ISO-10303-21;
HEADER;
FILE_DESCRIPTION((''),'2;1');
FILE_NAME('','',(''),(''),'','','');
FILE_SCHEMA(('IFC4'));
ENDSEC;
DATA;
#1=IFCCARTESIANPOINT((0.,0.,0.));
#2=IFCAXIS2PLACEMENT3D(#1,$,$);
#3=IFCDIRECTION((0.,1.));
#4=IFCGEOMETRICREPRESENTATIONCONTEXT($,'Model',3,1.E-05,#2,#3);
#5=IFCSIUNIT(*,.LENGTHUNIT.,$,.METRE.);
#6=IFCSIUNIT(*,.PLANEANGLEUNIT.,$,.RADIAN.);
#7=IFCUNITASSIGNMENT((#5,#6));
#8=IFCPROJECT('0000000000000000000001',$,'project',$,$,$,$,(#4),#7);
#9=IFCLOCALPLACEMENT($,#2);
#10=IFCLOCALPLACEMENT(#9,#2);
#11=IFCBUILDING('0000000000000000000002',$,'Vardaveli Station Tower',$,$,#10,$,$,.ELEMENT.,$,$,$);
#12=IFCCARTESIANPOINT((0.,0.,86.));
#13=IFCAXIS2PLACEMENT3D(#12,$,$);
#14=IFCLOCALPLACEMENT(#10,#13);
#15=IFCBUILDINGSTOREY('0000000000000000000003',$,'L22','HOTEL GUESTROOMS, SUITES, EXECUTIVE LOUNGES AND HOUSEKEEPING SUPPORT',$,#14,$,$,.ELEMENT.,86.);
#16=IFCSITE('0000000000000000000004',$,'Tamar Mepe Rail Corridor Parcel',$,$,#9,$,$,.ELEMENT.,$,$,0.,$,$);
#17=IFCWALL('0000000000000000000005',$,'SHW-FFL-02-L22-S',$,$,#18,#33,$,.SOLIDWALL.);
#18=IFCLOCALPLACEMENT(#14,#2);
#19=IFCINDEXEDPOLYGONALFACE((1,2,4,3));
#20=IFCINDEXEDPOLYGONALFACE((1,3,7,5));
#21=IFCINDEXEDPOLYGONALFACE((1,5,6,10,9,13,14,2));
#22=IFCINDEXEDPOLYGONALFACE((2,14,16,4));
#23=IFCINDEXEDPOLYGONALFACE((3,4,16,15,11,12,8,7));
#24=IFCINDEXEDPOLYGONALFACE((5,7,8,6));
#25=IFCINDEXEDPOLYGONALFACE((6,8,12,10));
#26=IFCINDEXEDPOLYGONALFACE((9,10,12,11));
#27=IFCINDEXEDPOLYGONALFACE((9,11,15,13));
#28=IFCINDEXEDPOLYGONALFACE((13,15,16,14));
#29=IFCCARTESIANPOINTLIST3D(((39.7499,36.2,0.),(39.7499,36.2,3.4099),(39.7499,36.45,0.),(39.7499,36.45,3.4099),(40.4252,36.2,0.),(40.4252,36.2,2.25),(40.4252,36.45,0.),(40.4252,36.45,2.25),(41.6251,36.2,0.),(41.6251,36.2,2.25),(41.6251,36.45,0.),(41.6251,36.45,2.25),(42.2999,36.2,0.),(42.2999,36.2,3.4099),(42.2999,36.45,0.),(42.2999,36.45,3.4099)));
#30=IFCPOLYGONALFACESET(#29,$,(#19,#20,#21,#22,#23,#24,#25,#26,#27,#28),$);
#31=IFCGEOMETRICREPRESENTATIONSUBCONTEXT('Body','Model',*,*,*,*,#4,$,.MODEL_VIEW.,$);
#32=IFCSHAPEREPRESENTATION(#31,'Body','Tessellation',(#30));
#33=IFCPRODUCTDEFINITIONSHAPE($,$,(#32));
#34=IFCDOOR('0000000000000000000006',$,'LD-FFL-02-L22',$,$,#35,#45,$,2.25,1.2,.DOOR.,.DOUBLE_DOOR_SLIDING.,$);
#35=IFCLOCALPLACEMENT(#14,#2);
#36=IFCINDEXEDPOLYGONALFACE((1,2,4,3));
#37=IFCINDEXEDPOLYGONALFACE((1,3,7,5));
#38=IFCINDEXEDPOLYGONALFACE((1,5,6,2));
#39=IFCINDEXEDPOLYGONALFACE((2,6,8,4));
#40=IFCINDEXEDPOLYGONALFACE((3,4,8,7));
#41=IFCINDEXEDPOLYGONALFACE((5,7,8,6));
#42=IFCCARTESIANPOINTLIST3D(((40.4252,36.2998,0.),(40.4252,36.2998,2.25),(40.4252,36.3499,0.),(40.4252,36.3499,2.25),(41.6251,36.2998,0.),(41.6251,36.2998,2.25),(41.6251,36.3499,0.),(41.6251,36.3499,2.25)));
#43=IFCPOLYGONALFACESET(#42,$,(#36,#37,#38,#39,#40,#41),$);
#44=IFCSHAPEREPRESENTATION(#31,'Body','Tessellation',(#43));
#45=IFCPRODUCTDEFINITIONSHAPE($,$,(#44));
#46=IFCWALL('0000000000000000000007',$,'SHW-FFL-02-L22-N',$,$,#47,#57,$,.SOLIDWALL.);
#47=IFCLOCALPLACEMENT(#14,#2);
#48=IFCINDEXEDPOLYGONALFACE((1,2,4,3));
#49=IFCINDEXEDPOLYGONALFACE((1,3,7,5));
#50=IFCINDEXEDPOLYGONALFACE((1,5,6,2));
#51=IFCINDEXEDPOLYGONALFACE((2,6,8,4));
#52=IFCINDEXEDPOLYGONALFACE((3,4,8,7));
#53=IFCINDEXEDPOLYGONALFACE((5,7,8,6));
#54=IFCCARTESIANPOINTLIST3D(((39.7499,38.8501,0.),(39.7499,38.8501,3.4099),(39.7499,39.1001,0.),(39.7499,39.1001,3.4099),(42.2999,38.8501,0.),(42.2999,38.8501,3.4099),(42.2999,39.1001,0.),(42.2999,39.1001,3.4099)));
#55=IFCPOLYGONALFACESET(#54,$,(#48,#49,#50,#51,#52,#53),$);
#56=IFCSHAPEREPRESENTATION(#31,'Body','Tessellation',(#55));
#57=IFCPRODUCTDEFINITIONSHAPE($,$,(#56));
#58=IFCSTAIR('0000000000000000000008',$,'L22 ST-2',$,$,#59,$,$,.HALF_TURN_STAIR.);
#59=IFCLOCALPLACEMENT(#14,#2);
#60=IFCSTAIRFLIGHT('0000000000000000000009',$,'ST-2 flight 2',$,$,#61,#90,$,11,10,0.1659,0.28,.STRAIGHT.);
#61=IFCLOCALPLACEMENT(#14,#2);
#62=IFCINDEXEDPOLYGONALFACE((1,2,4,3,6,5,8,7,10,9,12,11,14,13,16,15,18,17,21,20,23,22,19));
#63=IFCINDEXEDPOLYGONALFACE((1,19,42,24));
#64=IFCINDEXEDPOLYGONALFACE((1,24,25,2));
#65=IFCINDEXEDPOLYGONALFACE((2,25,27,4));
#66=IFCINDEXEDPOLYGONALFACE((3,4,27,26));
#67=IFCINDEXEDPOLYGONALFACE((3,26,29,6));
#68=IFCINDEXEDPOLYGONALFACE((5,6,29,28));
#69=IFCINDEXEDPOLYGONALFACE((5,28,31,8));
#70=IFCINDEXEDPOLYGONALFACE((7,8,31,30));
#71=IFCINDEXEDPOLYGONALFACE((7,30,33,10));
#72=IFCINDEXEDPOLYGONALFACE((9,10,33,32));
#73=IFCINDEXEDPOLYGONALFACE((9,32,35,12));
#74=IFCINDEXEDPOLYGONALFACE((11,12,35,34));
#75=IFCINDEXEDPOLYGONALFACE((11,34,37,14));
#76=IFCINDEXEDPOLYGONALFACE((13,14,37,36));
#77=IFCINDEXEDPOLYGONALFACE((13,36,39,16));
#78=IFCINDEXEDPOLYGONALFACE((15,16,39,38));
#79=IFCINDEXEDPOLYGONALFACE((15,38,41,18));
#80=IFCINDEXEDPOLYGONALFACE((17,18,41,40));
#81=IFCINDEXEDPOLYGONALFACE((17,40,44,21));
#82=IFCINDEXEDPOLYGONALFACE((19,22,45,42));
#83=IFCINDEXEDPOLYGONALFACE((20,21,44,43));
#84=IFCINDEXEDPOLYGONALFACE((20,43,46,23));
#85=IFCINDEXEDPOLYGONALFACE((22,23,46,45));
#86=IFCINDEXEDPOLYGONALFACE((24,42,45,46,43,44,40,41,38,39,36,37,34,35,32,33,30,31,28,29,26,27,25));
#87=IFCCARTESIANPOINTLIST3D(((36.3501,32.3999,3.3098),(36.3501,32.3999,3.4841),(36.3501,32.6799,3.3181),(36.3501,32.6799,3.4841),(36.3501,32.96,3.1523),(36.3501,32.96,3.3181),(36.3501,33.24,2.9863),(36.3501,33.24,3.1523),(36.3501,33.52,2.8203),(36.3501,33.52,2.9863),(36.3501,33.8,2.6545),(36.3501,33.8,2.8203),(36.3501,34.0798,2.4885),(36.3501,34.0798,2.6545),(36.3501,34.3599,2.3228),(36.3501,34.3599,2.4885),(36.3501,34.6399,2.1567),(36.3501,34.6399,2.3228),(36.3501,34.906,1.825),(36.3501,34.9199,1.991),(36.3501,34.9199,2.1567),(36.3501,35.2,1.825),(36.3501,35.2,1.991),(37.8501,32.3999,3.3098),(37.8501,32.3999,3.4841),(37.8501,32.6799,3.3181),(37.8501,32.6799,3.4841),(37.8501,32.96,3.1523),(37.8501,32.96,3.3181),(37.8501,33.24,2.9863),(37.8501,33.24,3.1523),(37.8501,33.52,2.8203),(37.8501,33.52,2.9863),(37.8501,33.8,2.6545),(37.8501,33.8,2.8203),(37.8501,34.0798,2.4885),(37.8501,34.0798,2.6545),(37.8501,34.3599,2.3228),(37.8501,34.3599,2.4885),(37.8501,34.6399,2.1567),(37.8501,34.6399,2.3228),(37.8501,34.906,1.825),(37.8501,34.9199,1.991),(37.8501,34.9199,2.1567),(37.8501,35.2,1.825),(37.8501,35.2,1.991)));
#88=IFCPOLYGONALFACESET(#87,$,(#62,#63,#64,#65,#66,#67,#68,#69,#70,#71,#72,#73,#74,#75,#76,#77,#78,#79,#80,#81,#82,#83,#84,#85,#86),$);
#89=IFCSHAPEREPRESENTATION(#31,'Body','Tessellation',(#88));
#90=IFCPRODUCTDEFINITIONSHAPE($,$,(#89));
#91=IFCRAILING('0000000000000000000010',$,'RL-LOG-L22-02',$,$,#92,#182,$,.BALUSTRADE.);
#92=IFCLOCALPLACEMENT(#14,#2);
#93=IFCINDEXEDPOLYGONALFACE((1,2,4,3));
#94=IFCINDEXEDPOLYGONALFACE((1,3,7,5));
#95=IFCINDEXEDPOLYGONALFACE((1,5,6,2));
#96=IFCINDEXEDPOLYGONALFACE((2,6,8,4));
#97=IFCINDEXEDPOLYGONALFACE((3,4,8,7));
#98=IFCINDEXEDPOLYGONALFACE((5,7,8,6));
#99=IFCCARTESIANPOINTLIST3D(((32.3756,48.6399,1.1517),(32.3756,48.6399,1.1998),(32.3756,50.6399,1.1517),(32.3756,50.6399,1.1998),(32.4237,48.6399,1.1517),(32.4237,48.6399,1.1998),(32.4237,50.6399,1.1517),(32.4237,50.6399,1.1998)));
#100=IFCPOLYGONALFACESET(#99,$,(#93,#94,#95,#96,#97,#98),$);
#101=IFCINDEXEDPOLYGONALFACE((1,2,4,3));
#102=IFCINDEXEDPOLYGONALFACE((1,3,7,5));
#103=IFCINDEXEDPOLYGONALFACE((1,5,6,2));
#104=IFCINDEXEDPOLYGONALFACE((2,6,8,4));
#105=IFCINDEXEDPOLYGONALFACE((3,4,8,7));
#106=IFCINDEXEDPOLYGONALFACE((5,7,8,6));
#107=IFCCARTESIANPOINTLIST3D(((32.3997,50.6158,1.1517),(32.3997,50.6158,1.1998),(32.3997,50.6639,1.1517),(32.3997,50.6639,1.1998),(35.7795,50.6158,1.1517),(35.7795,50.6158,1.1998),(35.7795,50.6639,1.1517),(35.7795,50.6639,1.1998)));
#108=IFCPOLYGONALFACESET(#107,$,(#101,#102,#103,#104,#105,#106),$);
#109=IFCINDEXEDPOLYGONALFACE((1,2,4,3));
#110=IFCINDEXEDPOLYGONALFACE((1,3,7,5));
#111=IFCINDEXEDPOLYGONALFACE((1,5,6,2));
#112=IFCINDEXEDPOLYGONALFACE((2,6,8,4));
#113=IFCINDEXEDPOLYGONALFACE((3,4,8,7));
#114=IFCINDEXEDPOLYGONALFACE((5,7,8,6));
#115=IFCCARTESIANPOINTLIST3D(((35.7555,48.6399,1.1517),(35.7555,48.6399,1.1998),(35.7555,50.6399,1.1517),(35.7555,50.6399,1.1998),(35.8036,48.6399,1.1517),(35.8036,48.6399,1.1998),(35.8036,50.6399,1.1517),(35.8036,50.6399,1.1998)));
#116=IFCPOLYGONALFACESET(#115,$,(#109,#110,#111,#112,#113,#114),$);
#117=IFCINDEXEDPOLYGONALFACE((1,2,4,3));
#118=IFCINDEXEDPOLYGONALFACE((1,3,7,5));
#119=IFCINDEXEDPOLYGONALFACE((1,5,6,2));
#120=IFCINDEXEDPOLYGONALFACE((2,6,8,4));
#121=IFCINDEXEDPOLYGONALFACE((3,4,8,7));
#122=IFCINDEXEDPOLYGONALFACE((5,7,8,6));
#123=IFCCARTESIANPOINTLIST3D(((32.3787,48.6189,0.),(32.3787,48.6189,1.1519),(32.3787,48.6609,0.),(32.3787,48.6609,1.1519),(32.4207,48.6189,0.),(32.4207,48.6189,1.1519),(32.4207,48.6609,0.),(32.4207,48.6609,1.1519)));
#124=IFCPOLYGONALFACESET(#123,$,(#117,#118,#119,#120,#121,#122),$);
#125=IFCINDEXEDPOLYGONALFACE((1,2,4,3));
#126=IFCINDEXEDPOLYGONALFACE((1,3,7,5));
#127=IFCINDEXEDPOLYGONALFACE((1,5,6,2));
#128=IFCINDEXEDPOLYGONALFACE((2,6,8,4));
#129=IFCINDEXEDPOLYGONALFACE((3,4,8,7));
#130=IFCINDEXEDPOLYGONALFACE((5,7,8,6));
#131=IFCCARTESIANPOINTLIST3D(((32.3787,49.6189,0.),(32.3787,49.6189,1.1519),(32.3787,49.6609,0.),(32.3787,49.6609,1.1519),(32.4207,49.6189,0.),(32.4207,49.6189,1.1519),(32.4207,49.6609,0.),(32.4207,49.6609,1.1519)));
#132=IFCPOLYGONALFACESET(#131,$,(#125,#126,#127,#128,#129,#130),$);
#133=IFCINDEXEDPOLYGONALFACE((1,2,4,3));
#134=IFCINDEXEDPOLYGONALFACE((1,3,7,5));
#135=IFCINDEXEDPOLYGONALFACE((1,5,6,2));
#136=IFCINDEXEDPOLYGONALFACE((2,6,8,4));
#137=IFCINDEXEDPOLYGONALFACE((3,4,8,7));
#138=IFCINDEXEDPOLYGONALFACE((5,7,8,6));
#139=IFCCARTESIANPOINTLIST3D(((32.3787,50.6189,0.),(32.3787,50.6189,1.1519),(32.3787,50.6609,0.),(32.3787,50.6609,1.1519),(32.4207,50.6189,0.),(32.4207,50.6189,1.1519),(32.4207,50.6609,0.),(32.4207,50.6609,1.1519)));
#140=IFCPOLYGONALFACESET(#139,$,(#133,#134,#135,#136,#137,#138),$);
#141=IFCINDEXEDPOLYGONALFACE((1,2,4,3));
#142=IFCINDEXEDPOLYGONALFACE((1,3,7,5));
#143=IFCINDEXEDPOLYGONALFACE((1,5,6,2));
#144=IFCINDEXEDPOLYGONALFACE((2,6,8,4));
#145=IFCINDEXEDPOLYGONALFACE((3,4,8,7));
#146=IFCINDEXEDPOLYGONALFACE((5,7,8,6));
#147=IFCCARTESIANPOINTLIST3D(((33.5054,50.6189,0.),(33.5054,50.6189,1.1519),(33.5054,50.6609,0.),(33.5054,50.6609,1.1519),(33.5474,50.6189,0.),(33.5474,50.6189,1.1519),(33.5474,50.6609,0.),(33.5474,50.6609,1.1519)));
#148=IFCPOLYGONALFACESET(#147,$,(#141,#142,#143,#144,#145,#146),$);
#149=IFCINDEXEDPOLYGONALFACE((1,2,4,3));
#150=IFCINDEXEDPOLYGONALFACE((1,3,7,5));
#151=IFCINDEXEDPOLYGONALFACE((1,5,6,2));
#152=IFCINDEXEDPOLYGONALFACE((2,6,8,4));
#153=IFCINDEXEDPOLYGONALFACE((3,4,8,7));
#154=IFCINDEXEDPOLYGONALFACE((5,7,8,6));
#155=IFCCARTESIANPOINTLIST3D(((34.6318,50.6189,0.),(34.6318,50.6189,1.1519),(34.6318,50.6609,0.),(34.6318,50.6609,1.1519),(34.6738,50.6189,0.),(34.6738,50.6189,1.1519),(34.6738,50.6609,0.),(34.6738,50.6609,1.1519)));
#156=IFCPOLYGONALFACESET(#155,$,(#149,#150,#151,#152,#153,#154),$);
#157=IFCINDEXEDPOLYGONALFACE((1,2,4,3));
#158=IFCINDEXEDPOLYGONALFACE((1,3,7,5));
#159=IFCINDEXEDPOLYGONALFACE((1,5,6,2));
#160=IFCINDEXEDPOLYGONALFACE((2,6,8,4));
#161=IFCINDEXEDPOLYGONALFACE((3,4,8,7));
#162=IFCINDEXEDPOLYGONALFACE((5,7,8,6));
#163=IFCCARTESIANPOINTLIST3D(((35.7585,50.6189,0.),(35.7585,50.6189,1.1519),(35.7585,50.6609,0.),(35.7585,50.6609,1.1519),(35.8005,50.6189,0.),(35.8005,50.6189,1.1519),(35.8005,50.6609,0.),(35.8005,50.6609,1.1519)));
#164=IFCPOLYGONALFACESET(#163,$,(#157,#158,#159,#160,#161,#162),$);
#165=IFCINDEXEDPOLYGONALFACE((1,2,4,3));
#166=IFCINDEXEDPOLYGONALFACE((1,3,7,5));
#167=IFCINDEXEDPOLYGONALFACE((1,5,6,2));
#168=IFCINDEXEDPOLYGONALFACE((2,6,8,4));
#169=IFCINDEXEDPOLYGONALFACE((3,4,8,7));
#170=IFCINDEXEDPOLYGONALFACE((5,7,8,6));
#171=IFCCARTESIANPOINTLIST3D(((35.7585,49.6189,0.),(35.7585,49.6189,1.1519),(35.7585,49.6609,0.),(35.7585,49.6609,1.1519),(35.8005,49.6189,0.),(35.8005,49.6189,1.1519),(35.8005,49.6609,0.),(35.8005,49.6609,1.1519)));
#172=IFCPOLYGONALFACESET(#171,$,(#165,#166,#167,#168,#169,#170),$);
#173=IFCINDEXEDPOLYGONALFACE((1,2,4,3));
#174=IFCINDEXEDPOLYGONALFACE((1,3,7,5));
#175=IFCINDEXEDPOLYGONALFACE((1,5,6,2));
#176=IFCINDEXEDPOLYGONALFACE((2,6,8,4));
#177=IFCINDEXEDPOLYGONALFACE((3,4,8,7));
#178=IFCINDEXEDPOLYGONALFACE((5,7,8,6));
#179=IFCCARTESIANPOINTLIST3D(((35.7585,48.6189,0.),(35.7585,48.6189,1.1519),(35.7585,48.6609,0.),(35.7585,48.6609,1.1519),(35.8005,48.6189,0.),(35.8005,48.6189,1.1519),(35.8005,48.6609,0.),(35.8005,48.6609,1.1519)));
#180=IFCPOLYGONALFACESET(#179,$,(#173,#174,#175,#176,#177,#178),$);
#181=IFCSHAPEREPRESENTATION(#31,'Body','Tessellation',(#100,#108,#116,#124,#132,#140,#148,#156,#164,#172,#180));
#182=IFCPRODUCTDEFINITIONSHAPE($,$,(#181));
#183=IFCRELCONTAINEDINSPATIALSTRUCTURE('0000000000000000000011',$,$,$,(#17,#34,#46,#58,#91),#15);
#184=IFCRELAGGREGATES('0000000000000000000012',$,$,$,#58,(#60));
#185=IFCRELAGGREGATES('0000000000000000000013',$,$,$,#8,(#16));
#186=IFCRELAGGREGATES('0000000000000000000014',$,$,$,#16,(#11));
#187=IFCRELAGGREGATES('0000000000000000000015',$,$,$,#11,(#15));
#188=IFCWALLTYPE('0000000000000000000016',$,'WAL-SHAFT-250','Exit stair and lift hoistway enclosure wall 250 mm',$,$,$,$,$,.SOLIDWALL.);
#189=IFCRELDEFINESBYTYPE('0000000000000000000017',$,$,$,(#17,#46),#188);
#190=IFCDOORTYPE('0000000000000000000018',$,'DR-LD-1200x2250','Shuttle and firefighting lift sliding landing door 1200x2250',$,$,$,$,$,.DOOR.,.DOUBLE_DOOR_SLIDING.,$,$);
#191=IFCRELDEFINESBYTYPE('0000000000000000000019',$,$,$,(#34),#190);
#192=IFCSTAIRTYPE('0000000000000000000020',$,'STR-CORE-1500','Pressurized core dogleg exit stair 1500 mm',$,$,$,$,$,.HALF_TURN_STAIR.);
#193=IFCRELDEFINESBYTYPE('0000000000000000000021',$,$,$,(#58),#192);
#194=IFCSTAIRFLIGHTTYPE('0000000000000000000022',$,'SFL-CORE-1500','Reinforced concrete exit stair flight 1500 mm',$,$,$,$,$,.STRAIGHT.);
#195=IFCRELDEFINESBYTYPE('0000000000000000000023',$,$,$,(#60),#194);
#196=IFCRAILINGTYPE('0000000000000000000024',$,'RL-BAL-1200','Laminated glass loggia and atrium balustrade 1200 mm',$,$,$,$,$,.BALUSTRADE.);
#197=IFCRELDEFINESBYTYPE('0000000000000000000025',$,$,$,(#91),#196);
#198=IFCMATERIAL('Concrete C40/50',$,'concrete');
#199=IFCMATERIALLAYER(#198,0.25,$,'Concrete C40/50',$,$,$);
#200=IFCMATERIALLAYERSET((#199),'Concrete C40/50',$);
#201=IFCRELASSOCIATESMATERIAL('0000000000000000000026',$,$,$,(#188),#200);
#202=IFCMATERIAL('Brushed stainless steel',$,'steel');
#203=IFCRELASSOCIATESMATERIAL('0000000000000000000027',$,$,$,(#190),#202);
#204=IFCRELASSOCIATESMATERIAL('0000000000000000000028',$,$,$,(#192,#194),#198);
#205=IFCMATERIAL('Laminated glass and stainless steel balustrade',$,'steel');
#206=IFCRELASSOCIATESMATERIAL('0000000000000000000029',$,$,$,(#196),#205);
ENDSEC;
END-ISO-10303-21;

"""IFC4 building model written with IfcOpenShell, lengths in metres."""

from ifc_helpers import new_model, si_unit, direction, frame, frame_2d, origin, origin_2d, place, context, subcontext, project, spatial, polyline, rectangle, outline, extrude, source, transform, mapped, material, layer, layer_set, type_object, element, fill, aggregate, save


model = new_model("IFC4")

# Units and contexts
model_context = context("Model", 3, precision=1e-05, world=origin(), true_north=direction((0.0, 1.0)))
body_context = subcontext(model_context, "Body", "Model", "MODEL_VIEW")
ifc_project = project(units=[si_unit("LENGTHUNIT", "METRE"), si_unit("PLANEANGLEUNIT", "RADIAN")], contexts=[model_context])

# Site, building, storey
site_placement = place(None, origin())
site = spatial("IfcSite", under=ifc_project, at=site_placement, Name="Tamar Mepe Rail Corridor Parcel", CompositionType="ELEMENT", RefElevation=0.0)
building_placement = place(site_placement, origin())
building = spatial("IfcBuilding", under=site, at=building_placement, Name="Vardaveli Station Tower", CompositionType="ELEMENT")
storey_placement = place(building_placement, frame((0.0, 0.0, 86.0)))
storey = spatial("IfcBuildingStorey", under=building, at=storey_placement, Name="L22", Description="HOTEL GUESTROOMS, SUITES, EXECUTIVE LOUNGES AND HOUSEKEEPING SUPPORT", CompositionType="ELEMENT", Elevation=86.0)

# Shared definitions
ifc_material_1 = material(Name="Concrete C40/50", Category="concrete")
ifc_layer_1 = layer(ifc_material_1, 0.25, Name="Concrete C40/50")
ifc_layer_set_1 = layer_set([ifc_layer_1], Name="Concrete C40/50")
wall_type_1 = type_object("IfcWallType", Name="WAL-SHAFT-250", Description="Exit stair and lift hoistway enclosure wall 250 mm", PredefinedType="SOLIDWALL", material=ifc_layer_set_1)

# Shared definitions
shared_shape_1 = source(origin(), body_context, "Body", "SweptSolid", [
    extrude(rectangle(XDim=1.2, YDim=2.25, at=frame_2d((0.6001, 1.125))), frame((0.0, 0.135, 0.0), z_axis=(0.0, -1.0, 0.0), x_axis=(1.0, 0.0, 0.0)), (0.0, 0.0, 1.0), 0.27),
])
ifc_material_2 = material(Name="Brushed stainless steel", Category="steel")
door_type = type_object("IfcDoorType", Name="DR-LD-1200x2250", Description="Shuttle and firefighting lift sliding landing door 1200x2250", OperationType="DOUBLE_DOOR_SLIDING", PredefinedType="DOOR", material=ifc_material_2)
shared_shape_2 = source(origin(), body_context, "Body", "SweptSolid", [
    extrude(rectangle(XDim=1.2, YDim=2.25, at=frame_2d((0.6001, 1.125))), frame((0.0, 0.0249, 0.0), z_axis=(0.0, -1.0, 0.0), x_axis=(1.0, 0.0, 0.0)), (0.0, 0.0, 1.0), 0.05),
])

# Wall, opening, door
shared_shape_3 = source(origin(), body_context, "Body", "SweptSolid", [
    extrude(rectangle(XDim=2.55, YDim=0.25, at=frame_2d((1.2749, 0.0))), origin(), (0.0, 0.0, 1.0), 3.4099),
])
wall_1_placement = place(storey_placement, frame((39.75, 36.325, 0.0), z_axis=(0.0, 0.0, 1.0), x_axis=(1.0, 0.0, 0.0)))
wall_1 = element("IfcWall", 1, at=wall_1_placement, inside=storey, type_object=wall_type_1, Name="SHW-FFL-02-L22-S", PredefinedType="SOLIDWALL", context=body_context, shape_type="MappedRepresentation", body=[
    mapped(shared_shape_3, transform((0.0, 0.0, 0.0), scale=1.0)),
])
opening_1_placement = place(wall_1_placement, frame((0.675, 0.0, 0.0)))
opening_1 = element("IfcOpeningElement", 2, at=opening_1_placement, cuts=wall_1, PredefinedType="OPENING", context=body_context, shape_type="MappedRepresentation", body=[
    mapped(shared_shape_1, transform((0.0, 0.0, 0.0), scale=1.0)),
])
door_1_placement = place(opening_1_placement, origin())
door_1 = element("IfcDoor", 3, at=door_1_placement, inside=storey, type_object=door_type, Name="LD-FFL-02-L22", OperationType="DOUBLE_DOOR_SLIDING", OverallHeight=2.25, OverallWidth=1.2, PredefinedType="DOOR", context=body_context, shape_type="MappedRepresentation", body=[
    mapped(shared_shape_2, transform((0.0, 0.0, 0.0), scale=1.0)),
])
fill(opening_1, door_1)

# Wall
wall_2_placement = place(storey_placement, frame((39.75, 38.9751, 0.0), z_axis=(0.0, 0.0, 1.0), x_axis=(1.0, 0.0, 0.0)))
element("IfcWall", 4, at=wall_2_placement, inside=storey, type_object=wall_type_1, Name="SHW-FFL-02-L22-N", PredefinedType="SOLIDWALL", context=body_context, shape_type="MappedRepresentation", body=[
    mapped(shared_shape_3, transform((0.0, 0.0, 0.0), scale=1.0)),
])

# Stair, stair flight
stair_type = type_object("IfcStairType", Name="STR-CORE-1500", Description="Pressurized core dogleg exit stair 1500 mm", PredefinedType="HALF_TURN_STAIR", material=ifc_material_1)
stair_placement = place(storey_placement, origin())
stair = element("IfcStair", 5, at=stair_placement, inside=storey, type_object=stair_type, Name="L22 ST-2", PredefinedType="HALF_TURN_STAIR")
stair_flight_type = type_object("IfcStairFlightType", Name="SFL-CORE-1500", Description="Reinforced concrete exit stair flight 1500 mm", PredefinedType="STRAIGHT", material=ifc_material_1)
shared_shape_4 = source(origin(), body_context, "Body", "SweptSolid", [
    extrude(outline(polyline([(0.0, 0.0), (0.0, 0.166), (0.28, 0.166), (0.28, 0.3318), (0.5601, 0.3318), (0.5601, 0.4978), (0.8401, 0.4978), (0.8401, 0.6636), (1.1201, 0.6636), (1.1201, 0.8296), (1.3999, 0.8296), (1.3999, 0.9954), (1.6799, 0.9954), (1.6799, 1.1614), (1.96, 1.1614), (1.96, 1.3274), (2.24, 1.3274), (2.24, 1.4932), (2.52, 1.4932), (2.52, 1.6592), (2.8, 1.6592), (2.8, 1.825), (2.8, 1.4849), (0.2939, 0.0), (0.0, 0.0)])), frame((0.0, 0.75, 0.0), z_axis=(0.0, -1.0, 0.0), x_axis=(1.0, 0.0, 0.0)), (0.0, 0.0, 1.0), 1.5),
])
stair_flight_placement = place(storey_placement, frame((37.1001, 35.2, 1.825), z_axis=(0.0, 0.0, 1.0), x_axis=(0.0, -1.0, 0.0)))
stair_flight = element("IfcStairFlight", 6, at=stair_flight_placement, type_object=stair_flight_type, Name="ST-2 flight 2", NumberOfRisers=11, NumberOfTreads=10, PredefinedType="STRAIGHT", RiserHeight=0.1659, TreadLength=0.28, context=body_context, shape_type="MappedRepresentation", body=[
    mapped(shared_shape_4, transform((0.0, 0.0, 0.0), scale=1.0)),
])
aggregate(stair, [stair_flight])

# Railing
ifc_material_3 = material(Name="Laminated glass and stainless steel balustrade", Category="steel")
railing_type_1 = type_object("IfcRailingType", Name="RL-BAL-1200", Description="Laminated glass loggia and atrium balustrade 1200 mm", PredefinedType="BALUSTRADE", material=ifc_material_3)
shared_shape_5 = source(origin(), body_context, "Body", "SweptSolid", [
    extrude(rectangle(XDim=0.0481, YDim=0.0481, at=origin_2d()), frame((0.0, 0.0, 1.1758), z_axis=(0.0, 1.0, 0.0), x_axis=(-1.0, 0.0, 0.0)), (0.0, 0.0, 1.0), 2.0),
    extrude(rectangle(XDim=0.0481, YDim=0.0481, at=origin_2d()), frame((0.0, 2.0, 1.1758), z_axis=(1.0, 0.0, 0.0), x_axis=(0.0, 1.0, 0.0)), (0.0, 0.0, 1.0), 3.3799),
    extrude(rectangle(XDim=0.0481, YDim=0.0481, at=origin_2d()), frame((3.3799, 2.0, 1.1758), z_axis=(0.0, -1.0, 0.0), x_axis=(1.0, 0.0, 0.0)), (0.0, 0.0, 1.0), 2.0),
    extrude(rectangle(XDim=0.042, YDim=0.042, at=origin_2d()), origin(), (0.0, 0.0, 1.0), 1.1519),
    extrude(rectangle(XDim=0.042, YDim=0.042, at=origin_2d()), frame((0.0, 1.0, 0.0)), (0.0, 0.0, 1.0), 1.1519),
    extrude(rectangle(XDim=0.042, YDim=0.042, at=origin_2d()), frame((0.0, 2.0, 0.0)), (0.0, 0.0, 1.0), 1.1519),
    extrude(rectangle(XDim=0.042, YDim=0.042, at=origin_2d()), frame((1.1267, 2.0, 0.0)), (0.0, 0.0, 1.0), 1.1519),
    extrude(rectangle(XDim=0.042, YDim=0.042, at=origin_2d()), frame((2.2532, 2.0, 0.0)), (0.0, 0.0, 1.0), 1.1519),
    extrude(rectangle(XDim=0.042, YDim=0.042, at=origin_2d()), frame((3.3799, 2.0, 0.0)), (0.0, 0.0, 1.0), 1.1519),
    extrude(rectangle(XDim=0.042, YDim=0.042, at=origin_2d()), frame((3.3799, 1.0, 0.0)), (0.0, 0.0, 1.0), 1.1519),
    extrude(rectangle(XDim=0.042, YDim=0.042, at=origin_2d()), frame((3.3799, 0.0, 0.0)), (0.0, 0.0, 1.0), 1.1519),
])
railing_1_placement = place(storey_placement, frame((32.3997, 48.6399, 0.0)))
element("IfcRailing", 7, at=railing_1_placement, inside=storey, type_object=railing_type_1, Name="RL-LOG-L22-02", PredefinedType="BALUSTRADE", context=body_context, shape_type="MappedRepresentation", body=[
    mapped(shared_shape_5, transform((0.0, 0.0, 0.0), scale=1.0)),
])

save(model, "model.ifc")
